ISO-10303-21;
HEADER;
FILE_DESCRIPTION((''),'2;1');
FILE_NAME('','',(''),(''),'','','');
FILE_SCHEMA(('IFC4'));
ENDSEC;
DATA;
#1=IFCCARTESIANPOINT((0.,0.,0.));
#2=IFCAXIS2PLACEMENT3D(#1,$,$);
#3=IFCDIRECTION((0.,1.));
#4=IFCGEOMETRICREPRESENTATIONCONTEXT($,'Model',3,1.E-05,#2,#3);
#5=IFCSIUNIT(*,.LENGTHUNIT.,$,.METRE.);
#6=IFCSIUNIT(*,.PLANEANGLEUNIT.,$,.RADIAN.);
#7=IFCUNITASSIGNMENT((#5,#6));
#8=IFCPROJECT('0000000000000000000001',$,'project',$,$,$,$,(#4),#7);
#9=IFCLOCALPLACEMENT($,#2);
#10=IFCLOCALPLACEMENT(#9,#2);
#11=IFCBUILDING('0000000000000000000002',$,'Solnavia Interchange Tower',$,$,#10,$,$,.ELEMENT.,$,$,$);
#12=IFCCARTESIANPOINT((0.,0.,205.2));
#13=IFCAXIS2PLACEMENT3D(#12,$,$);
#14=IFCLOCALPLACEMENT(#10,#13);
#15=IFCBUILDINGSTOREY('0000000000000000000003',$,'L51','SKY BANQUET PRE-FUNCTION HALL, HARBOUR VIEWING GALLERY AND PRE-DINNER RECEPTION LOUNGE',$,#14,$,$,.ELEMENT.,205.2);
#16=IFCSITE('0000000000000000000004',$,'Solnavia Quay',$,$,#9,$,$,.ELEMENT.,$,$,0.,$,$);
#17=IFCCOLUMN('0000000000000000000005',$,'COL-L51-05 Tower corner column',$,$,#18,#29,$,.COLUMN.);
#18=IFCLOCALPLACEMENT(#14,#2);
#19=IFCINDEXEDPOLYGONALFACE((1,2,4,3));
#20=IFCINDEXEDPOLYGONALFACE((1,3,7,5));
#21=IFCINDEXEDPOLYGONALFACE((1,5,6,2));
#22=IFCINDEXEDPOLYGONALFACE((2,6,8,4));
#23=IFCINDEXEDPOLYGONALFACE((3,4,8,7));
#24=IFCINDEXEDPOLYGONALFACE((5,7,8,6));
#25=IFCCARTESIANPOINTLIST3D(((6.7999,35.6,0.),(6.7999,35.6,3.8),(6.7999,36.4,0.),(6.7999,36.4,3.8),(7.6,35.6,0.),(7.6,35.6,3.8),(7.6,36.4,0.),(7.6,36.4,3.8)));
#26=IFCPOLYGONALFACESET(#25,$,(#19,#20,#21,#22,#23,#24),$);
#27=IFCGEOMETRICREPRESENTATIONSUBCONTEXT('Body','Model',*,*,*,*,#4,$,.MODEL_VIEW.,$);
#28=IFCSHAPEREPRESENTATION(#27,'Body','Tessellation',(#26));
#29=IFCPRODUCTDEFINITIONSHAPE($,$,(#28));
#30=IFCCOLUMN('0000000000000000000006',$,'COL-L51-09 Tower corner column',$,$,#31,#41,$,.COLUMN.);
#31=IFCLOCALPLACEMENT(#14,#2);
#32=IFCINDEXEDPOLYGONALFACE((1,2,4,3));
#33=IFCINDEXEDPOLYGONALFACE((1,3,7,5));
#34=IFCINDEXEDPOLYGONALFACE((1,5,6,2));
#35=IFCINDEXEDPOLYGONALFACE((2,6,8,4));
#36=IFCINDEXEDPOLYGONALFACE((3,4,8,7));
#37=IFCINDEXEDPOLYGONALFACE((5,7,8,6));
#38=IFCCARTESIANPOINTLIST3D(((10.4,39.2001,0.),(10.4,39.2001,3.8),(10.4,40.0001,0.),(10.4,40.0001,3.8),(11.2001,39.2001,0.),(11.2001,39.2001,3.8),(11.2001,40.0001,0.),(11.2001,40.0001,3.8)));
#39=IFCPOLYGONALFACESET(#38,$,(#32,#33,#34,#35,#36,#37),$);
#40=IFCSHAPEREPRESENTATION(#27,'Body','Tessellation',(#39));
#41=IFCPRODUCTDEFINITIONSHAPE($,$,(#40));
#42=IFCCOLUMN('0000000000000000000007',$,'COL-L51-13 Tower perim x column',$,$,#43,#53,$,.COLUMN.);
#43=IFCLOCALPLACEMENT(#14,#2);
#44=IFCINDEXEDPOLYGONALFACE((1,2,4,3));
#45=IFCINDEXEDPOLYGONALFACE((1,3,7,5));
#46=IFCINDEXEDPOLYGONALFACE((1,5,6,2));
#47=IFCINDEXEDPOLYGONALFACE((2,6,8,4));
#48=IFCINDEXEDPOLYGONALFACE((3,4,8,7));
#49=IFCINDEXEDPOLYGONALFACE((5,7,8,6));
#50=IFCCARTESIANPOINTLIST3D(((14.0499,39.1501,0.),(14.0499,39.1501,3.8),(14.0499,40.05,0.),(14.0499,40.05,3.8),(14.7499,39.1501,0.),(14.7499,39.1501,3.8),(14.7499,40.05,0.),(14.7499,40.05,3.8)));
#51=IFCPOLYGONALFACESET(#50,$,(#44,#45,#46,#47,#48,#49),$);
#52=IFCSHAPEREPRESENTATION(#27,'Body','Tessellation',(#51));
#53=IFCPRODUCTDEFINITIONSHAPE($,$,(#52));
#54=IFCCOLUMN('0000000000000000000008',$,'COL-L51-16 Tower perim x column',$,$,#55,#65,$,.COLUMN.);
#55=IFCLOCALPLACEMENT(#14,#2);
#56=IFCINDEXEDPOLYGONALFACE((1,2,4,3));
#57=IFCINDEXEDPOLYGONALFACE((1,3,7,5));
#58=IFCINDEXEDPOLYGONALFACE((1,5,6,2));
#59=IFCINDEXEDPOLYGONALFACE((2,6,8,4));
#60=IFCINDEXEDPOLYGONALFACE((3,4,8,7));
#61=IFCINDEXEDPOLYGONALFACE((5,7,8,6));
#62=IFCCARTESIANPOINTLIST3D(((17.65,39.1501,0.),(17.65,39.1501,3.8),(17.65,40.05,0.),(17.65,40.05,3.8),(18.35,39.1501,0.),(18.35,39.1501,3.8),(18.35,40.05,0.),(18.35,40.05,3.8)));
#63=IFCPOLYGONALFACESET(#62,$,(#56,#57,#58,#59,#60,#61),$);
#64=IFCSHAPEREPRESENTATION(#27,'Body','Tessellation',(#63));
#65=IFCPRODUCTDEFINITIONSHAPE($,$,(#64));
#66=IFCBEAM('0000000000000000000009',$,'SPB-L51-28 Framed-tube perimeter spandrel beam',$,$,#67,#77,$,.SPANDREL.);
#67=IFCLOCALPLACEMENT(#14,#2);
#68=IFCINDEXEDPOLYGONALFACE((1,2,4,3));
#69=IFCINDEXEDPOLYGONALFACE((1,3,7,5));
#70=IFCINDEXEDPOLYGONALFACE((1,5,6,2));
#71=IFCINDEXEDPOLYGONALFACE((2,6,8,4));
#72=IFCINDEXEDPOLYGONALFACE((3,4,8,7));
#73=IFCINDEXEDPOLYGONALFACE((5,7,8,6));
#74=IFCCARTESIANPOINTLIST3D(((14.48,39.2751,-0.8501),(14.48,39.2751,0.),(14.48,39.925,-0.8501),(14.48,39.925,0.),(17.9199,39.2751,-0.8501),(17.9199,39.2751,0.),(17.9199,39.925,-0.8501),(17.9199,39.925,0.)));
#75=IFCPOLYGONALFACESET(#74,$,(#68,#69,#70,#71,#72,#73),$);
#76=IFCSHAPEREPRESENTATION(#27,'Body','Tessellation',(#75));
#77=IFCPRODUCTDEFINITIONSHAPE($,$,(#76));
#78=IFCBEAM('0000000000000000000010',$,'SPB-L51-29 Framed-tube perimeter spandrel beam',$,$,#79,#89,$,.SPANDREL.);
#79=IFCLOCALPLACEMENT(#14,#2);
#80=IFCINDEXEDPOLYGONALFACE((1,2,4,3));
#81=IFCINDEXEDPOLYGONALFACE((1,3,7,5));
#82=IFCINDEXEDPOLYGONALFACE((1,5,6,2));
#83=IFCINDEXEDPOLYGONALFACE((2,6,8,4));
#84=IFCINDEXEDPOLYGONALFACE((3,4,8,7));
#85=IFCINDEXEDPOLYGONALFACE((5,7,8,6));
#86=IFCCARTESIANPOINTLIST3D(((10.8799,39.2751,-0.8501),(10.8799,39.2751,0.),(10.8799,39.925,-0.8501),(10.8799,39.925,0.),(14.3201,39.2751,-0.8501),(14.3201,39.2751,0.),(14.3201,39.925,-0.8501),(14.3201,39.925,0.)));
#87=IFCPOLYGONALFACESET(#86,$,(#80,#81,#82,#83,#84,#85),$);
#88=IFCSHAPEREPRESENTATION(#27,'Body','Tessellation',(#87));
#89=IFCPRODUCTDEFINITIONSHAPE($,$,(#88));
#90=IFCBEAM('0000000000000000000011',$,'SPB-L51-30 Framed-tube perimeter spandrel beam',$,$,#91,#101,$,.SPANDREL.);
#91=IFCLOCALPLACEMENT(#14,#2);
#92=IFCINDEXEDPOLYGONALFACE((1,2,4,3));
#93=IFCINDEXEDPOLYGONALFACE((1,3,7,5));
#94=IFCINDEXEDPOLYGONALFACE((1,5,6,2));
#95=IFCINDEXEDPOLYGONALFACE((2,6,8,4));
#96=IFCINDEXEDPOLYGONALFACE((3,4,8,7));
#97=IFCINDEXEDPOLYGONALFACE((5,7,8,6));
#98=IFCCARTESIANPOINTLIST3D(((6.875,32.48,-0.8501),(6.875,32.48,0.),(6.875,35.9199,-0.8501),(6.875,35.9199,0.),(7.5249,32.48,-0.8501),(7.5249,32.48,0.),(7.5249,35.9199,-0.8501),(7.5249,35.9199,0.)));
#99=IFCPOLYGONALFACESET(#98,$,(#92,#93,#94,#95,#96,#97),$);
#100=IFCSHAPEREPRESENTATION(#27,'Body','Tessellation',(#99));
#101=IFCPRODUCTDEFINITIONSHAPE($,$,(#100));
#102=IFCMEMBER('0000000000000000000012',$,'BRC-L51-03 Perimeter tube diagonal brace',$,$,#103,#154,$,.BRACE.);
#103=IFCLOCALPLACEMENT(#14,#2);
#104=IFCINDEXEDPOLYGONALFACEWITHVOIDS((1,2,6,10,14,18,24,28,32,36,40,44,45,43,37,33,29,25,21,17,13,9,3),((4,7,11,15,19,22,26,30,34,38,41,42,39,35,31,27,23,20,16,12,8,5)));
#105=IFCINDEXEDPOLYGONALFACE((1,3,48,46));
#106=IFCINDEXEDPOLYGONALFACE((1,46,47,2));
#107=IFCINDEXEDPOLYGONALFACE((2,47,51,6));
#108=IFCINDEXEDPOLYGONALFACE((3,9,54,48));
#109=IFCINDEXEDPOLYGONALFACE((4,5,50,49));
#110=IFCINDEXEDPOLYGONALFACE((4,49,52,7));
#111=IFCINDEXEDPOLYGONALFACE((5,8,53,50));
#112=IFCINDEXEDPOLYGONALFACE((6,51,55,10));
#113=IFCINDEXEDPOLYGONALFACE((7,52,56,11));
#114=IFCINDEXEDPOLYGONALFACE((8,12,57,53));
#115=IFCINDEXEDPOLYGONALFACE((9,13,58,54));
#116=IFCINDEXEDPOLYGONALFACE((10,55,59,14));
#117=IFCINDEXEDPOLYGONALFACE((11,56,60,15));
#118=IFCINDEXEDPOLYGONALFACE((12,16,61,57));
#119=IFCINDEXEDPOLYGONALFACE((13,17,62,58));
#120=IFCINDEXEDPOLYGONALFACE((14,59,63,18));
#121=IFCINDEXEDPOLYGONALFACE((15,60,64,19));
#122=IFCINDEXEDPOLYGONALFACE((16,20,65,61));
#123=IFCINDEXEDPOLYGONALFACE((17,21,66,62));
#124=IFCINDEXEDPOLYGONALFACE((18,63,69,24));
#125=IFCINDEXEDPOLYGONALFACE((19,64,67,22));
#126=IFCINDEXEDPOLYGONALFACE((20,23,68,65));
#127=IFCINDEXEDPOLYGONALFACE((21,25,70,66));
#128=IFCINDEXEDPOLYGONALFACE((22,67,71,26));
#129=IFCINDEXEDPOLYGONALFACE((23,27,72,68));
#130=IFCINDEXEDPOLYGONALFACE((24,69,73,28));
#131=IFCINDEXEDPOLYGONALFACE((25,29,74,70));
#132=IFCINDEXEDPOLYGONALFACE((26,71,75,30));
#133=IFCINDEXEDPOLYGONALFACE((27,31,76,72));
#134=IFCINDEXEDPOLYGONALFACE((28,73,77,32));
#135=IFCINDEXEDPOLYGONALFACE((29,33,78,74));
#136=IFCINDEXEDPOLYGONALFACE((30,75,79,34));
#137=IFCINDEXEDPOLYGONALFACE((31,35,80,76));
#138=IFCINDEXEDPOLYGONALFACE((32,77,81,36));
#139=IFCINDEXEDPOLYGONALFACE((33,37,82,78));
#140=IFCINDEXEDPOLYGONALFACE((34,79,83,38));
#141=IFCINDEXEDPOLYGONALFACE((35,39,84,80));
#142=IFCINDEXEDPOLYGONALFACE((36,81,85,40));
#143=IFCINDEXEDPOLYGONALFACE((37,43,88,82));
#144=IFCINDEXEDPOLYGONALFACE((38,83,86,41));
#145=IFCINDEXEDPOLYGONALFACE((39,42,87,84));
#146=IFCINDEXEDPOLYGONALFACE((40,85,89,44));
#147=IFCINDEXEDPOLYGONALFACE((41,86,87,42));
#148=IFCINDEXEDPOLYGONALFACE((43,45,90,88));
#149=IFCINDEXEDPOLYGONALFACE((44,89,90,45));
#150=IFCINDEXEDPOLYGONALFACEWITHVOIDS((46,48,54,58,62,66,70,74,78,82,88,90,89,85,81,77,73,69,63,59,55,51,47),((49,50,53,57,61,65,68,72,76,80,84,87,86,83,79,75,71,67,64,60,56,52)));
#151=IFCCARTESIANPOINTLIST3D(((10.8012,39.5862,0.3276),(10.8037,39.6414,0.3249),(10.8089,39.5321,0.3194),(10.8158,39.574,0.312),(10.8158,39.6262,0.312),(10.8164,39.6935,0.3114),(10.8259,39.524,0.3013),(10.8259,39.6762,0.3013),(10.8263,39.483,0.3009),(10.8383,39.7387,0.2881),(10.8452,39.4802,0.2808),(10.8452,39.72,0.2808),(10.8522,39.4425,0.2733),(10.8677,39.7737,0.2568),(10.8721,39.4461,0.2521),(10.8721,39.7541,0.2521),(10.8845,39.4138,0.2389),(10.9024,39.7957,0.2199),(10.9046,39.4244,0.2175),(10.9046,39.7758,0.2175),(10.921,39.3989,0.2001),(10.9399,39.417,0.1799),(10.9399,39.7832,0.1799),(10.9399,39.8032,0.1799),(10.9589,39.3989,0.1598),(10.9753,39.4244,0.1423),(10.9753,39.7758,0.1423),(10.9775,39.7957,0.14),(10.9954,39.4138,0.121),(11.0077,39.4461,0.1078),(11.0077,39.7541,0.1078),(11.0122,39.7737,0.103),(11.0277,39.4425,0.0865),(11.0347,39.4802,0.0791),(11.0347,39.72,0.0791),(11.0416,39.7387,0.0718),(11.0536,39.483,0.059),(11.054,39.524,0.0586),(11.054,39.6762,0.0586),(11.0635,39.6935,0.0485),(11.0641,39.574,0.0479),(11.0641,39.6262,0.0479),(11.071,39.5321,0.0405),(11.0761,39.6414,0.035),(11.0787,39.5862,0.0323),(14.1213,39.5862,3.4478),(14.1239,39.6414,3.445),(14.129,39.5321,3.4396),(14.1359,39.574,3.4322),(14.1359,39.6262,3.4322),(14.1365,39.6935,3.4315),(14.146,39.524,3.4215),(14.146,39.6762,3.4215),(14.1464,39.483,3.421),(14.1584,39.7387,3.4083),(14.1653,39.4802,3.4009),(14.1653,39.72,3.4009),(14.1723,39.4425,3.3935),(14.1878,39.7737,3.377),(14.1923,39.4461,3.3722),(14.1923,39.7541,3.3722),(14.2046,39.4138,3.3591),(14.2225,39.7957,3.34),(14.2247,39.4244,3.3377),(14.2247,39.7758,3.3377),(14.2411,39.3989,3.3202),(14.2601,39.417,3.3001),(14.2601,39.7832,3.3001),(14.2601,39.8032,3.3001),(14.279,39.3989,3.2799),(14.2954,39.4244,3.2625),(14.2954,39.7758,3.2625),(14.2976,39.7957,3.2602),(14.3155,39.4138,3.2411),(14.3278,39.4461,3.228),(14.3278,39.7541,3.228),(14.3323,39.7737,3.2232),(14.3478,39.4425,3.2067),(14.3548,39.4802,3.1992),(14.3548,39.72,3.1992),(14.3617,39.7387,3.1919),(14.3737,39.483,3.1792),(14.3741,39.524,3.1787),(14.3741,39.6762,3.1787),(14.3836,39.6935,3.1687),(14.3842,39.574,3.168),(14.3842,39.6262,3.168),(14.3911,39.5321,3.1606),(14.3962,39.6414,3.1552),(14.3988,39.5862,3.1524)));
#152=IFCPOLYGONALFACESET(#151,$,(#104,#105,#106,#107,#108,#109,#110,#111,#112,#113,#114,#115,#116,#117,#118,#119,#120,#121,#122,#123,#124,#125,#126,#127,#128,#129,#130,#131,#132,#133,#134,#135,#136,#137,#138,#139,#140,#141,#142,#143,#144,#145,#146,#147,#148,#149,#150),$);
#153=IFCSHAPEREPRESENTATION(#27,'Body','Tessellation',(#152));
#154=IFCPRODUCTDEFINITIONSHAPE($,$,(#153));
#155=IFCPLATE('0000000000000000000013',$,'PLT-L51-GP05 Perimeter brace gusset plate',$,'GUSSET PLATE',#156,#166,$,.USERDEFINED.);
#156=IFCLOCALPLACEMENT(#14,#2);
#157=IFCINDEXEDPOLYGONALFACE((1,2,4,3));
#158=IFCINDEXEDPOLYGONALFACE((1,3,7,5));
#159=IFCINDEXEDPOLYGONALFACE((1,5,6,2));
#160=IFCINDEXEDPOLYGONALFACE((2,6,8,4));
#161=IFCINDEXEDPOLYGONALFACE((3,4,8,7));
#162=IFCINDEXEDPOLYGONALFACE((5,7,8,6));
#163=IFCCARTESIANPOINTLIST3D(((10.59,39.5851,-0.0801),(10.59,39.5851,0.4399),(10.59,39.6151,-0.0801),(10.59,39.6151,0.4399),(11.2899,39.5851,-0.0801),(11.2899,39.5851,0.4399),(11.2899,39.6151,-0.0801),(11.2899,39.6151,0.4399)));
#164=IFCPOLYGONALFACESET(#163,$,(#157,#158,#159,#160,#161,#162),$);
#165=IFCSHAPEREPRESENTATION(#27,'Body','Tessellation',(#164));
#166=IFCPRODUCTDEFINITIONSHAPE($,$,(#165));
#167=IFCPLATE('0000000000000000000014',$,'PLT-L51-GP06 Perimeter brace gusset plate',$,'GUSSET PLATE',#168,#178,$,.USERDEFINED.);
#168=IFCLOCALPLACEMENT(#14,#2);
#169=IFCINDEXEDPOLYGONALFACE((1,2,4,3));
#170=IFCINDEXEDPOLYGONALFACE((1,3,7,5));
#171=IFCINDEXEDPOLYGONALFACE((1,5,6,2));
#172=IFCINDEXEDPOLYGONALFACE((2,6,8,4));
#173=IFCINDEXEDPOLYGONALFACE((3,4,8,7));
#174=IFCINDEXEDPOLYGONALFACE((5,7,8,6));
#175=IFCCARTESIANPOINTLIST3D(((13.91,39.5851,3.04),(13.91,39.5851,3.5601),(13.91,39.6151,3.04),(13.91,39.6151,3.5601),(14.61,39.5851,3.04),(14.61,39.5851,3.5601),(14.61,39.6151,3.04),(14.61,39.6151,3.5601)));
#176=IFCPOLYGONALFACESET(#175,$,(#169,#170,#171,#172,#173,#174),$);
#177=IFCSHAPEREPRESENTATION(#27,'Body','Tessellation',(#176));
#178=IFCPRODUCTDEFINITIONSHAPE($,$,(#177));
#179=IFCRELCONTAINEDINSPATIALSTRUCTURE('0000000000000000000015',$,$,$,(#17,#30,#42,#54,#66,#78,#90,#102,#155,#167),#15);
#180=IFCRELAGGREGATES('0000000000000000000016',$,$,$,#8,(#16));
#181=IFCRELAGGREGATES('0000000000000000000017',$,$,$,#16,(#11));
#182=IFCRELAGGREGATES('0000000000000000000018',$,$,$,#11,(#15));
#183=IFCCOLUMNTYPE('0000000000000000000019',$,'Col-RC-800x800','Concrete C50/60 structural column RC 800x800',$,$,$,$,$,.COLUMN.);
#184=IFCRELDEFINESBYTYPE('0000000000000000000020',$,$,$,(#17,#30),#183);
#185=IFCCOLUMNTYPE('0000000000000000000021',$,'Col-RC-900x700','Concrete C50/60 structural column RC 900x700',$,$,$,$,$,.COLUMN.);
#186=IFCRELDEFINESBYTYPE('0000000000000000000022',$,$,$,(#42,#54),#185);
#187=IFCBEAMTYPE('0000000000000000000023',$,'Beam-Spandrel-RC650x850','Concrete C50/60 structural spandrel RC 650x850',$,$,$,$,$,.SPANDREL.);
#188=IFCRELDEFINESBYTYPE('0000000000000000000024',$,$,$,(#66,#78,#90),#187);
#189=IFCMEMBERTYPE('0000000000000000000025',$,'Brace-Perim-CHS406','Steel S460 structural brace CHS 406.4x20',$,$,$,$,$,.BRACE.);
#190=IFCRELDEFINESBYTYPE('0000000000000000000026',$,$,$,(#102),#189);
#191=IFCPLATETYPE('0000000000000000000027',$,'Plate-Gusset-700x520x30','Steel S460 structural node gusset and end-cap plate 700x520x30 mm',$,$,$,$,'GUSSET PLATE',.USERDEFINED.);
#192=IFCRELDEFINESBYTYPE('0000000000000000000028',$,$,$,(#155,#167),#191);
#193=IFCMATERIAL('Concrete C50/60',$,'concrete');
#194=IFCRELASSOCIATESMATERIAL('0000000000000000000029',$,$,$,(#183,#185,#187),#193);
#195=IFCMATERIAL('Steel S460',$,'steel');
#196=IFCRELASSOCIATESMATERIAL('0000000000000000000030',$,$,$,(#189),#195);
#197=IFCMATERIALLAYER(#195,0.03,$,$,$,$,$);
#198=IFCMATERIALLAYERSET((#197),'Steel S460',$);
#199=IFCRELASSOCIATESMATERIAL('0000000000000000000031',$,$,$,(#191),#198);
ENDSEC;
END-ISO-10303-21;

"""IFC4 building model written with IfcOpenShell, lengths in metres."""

from ifc_helpers import new_model, si_unit, direction, frame, origin, origin_2d, place, context, subcontext, project, spatial, rectangle, hollow_circle, extrude, material, layer, layer_set, material_profile, profile_set, type_object, element, save


model = new_model("IFC4")

# Units and contexts
model_context = context("Model", 3, precision=1e-05, world=origin(), true_north=direction((0.0, 1.0)))
body_context = subcontext(model_context, "Body", "Model", "MODEL_VIEW")
ifc_project = project(units=[si_unit("LENGTHUNIT", "METRE"), si_unit("PLANEANGLEUNIT", "RADIAN")], contexts=[model_context])

# Site, building, storey
site_placement = place(None, origin())
site = spatial("IfcSite", under=ifc_project, at=site_placement, Name="Solnavia Quay", CompositionType="ELEMENT", RefElevation=0.0)
building_placement = place(site_placement, origin())
building = spatial("IfcBuilding", under=site, at=building_placement, Name="Solnavia Interchange Tower", CompositionType="ELEMENT")
storey_placement = place(building_placement, frame((0.0, 0.0, 205.2)))
storey = spatial("IfcBuildingStorey", under=building, at=storey_placement, Name="L51", Description="SKY BANQUET PRE-FUNCTION HALL, HARBOUR VIEWING GALLERY AND PRE-DINNER RECEPTION LOUNGE", CompositionType="ELEMENT", Elevation=205.2)

# Columns
ifc_material_1 = material(Name="Concrete C50/60", Category="concrete")
ifc_material_profile_1 = material_profile(ifc_material_1, rectangle(XDim=0.8, YDim=0.8, at=origin_2d()), Name="RC 800x800")
ifc_profile_set_1 = profile_set([ifc_material_profile_1], Name="Concrete C50/60")
column_type_1 = type_object("IfcColumnType", Name="Col-RC-800x800", Description="Concrete C50/60 structural column RC 800x800", PredefinedType="COLUMN", material=ifc_profile_set_1)
for number, where, z_axis, x_axis, name in (
    (1, (7.2, 36.0, 0.0), (0.0, 0.0, 1.0), (0.0, 1.0, 0.0), "COL-L51-05 Tower corner column"),
    (2, (10.8, 39.6001, 0.0), (0.0, 0.0, 1.0), (1.0, 0.0, 0.0), "COL-L51-09 Tower corner column"),
):
    element("IfcColumn", number, at=place(storey_placement, frame(where, z_axis=z_axis, x_axis=x_axis)), inside=storey, type_object=column_type_1, Name=name, PredefinedType="COLUMN", context=body_context, shape_type="SweptSolid", body=[
        extrude(rectangle(XDim=0.8, YDim=0.8, at=origin_2d()), origin(), (0.0, 0.0, 1.0), 3.8),
    ])
ifc_material_profile_2 = material_profile(ifc_material_1, rectangle(XDim=0.7, YDim=0.8999, at=origin_2d()), Name="RC 900x700")
ifc_profile_set_2 = profile_set([ifc_material_profile_2], Name="Concrete C50/60")
column_type_2 = type_object("IfcColumnType", Name="Col-RC-900x700", Description="Concrete C50/60 structural column RC 900x700", PredefinedType="COLUMN", material=ifc_profile_set_2)
for number, where, z_axis, x_axis, name in (
    (3, (14.3999, 39.6001, 0.0), (0.0, 0.0, 1.0), (1.0, 0.0, 0.0), "COL-L51-13 Tower perim x column"),
    (4, (18.0, 39.6001, 0.0), (0.0, 0.0, 1.0), (1.0, 0.0, 0.0), "COL-L51-16 Tower perim x column"),
):
    element("IfcColumn", number, at=place(storey_placement, frame(where, z_axis=z_axis, x_axis=x_axis)), inside=storey, type_object=column_type_2, Name=name, PredefinedType="COLUMN", context=body_context, shape_type="SweptSolid", body=[
        extrude(rectangle(XDim=0.7, YDim=0.8999, at=origin_2d()), origin(), (0.0, 0.0, 1.0), 3.8),
    ])

# Beams
ifc_material_profile_3 = material_profile(ifc_material_1, rectangle(XDim=0.6499, YDim=0.8501, at=origin_2d()), Name="RC 650x850")
ifc_profile_set_3 = profile_set([ifc_material_profile_3], Name="Concrete C50/60")
beam_type = type_object("IfcBeamType", Name="Beam-Spandrel-RC650x850", Description="Concrete C50/60 structural spandrel RC 650x850", PredefinedType="SPANDREL", material=ifc_profile_set_3)
beam_1_placement = place(storey_placement, frame((17.9199, 39.6001, -0.425), z_axis=(-1.0, 0.0, 0.0), x_axis=(0.0, -1.0, 0.0)))
element("IfcBeam", 5, at=beam_1_placement, inside=storey, type_object=beam_type, Name="SPB-L51-28 Framed-tube perimeter spandrel beam", PredefinedType="SPANDREL", context=body_context, shape_type="SweptSolid", body=[
    extrude(rectangle(XDim=0.6499, YDim=0.8501, at=origin_2d()), origin(), (0.0, 0.0, 1.0), 3.4399),
])
beam_2_placement = place(storey_placement, frame((14.3201, 39.6001, -0.425), z_axis=(-1.0, 0.0, 0.0), x_axis=(0.0, -1.0, 0.0)))
element("IfcBeam", 6, at=beam_2_placement, inside=storey, type_object=beam_type, Name="SPB-L51-29 Framed-tube perimeter spandrel beam", PredefinedType="SPANDREL", context=body_context, shape_type="SweptSolid", body=[
    extrude(rectangle(XDim=0.6499, YDim=0.8501, at=origin_2d()), origin(), (0.0, 0.0, 1.0), 3.4402),
])
beam_3_placement = place(storey_placement, frame((7.2, 35.9199, -0.425), z_axis=(0.0, -1.0, 0.0), x_axis=(1.0, 0.0, 0.0)))
element("IfcBeam", 7, at=beam_3_placement, inside=storey, type_object=beam_type, Name="SPB-L51-30 Framed-tube perimeter spandrel beam", PredefinedType="SPANDREL", context=body_context, shape_type="SweptSolid", body=[
    extrude(rectangle(XDim=0.6499, YDim=0.8501, at=origin_2d()), origin(), (0.0, 0.0, 1.0), 3.4399),
])

# Member
ifc_material_2 = material(Name="Steel S460", Category="steel")
ifc_material_profile_4 = material_profile(ifc_material_2, hollow_circle(Radius=0.2031, WallThickness=0.02, at=origin_2d()), Name="CHS 406.4x20")
ifc_profile_set_4 = profile_set([ifc_material_profile_4], Name="Steel S460")
member_type = type_object("IfcMemberType", Name="Brace-Perim-CHS406", Description="Steel S460 structural brace CHS 406.4x20", PredefinedType="BRACE", material=ifc_profile_set_4)
member_placement = place(storey_placement, frame((10.9399, 39.6001, 0.1799), z_axis=(0.728709, 0.0, 0.684823), x_axis=(0.0, 1.0, 0.0)))
element("IfcMember", 8, at=member_placement, inside=storey, type_object=member_type, Name="BRC-L51-03 Perimeter tube diagonal brace", PredefinedType="BRACE", context=body_context, shape_type="SweptSolid", body=[
    extrude(hollow_circle(Radius=0.2031, WallThickness=0.02, at=origin_2d()), origin(), (0.0, 0.0, 1.0), 4.5562),
])

# Plates
ifc_layer_1 = layer(ifc_material_2, 0.03)
ifc_layer_set_1 = layer_set([ifc_layer_1], Name="Steel S460")
plate_type = type_object("IfcPlateType", Name="Plate-Gusset-700x520x30", Description="Steel S460 structural node gusset and end-cap plate 700x520x30 mm", ElementType="GUSSET PLATE", PredefinedType="USERDEFINED", material=ifc_layer_set_1)
for number, where, z_axis, x_axis, name in (
    (9, (10.9399, 39.6001, -0.0801), (0.0, 0.0, 1.0), (1.0, 0.0, 0.0), "PLT-L51-GP05 Perimeter brace gusset plate"),
    (10, (14.26, 39.6001, 3.04), (0.0, 0.0, 1.0), (1.0, 0.0, 0.0), "PLT-L51-GP06 Perimeter brace gusset plate"),
):
    element("IfcPlate", number, at=place(storey_placement, frame(where, z_axis=z_axis, x_axis=x_axis)), inside=storey, type_object=plate_type, Name=name, ObjectType="GUSSET PLATE", PredefinedType="USERDEFINED", context=body_context, shape_type="SweptSolid", body=[
        extrude(rectangle(XDim=0.7, YDim=0.03, at=origin_2d()), origin(), (0.0, 0.0, 1.0), 0.52),
    ])

save(model, "model.ifc")
